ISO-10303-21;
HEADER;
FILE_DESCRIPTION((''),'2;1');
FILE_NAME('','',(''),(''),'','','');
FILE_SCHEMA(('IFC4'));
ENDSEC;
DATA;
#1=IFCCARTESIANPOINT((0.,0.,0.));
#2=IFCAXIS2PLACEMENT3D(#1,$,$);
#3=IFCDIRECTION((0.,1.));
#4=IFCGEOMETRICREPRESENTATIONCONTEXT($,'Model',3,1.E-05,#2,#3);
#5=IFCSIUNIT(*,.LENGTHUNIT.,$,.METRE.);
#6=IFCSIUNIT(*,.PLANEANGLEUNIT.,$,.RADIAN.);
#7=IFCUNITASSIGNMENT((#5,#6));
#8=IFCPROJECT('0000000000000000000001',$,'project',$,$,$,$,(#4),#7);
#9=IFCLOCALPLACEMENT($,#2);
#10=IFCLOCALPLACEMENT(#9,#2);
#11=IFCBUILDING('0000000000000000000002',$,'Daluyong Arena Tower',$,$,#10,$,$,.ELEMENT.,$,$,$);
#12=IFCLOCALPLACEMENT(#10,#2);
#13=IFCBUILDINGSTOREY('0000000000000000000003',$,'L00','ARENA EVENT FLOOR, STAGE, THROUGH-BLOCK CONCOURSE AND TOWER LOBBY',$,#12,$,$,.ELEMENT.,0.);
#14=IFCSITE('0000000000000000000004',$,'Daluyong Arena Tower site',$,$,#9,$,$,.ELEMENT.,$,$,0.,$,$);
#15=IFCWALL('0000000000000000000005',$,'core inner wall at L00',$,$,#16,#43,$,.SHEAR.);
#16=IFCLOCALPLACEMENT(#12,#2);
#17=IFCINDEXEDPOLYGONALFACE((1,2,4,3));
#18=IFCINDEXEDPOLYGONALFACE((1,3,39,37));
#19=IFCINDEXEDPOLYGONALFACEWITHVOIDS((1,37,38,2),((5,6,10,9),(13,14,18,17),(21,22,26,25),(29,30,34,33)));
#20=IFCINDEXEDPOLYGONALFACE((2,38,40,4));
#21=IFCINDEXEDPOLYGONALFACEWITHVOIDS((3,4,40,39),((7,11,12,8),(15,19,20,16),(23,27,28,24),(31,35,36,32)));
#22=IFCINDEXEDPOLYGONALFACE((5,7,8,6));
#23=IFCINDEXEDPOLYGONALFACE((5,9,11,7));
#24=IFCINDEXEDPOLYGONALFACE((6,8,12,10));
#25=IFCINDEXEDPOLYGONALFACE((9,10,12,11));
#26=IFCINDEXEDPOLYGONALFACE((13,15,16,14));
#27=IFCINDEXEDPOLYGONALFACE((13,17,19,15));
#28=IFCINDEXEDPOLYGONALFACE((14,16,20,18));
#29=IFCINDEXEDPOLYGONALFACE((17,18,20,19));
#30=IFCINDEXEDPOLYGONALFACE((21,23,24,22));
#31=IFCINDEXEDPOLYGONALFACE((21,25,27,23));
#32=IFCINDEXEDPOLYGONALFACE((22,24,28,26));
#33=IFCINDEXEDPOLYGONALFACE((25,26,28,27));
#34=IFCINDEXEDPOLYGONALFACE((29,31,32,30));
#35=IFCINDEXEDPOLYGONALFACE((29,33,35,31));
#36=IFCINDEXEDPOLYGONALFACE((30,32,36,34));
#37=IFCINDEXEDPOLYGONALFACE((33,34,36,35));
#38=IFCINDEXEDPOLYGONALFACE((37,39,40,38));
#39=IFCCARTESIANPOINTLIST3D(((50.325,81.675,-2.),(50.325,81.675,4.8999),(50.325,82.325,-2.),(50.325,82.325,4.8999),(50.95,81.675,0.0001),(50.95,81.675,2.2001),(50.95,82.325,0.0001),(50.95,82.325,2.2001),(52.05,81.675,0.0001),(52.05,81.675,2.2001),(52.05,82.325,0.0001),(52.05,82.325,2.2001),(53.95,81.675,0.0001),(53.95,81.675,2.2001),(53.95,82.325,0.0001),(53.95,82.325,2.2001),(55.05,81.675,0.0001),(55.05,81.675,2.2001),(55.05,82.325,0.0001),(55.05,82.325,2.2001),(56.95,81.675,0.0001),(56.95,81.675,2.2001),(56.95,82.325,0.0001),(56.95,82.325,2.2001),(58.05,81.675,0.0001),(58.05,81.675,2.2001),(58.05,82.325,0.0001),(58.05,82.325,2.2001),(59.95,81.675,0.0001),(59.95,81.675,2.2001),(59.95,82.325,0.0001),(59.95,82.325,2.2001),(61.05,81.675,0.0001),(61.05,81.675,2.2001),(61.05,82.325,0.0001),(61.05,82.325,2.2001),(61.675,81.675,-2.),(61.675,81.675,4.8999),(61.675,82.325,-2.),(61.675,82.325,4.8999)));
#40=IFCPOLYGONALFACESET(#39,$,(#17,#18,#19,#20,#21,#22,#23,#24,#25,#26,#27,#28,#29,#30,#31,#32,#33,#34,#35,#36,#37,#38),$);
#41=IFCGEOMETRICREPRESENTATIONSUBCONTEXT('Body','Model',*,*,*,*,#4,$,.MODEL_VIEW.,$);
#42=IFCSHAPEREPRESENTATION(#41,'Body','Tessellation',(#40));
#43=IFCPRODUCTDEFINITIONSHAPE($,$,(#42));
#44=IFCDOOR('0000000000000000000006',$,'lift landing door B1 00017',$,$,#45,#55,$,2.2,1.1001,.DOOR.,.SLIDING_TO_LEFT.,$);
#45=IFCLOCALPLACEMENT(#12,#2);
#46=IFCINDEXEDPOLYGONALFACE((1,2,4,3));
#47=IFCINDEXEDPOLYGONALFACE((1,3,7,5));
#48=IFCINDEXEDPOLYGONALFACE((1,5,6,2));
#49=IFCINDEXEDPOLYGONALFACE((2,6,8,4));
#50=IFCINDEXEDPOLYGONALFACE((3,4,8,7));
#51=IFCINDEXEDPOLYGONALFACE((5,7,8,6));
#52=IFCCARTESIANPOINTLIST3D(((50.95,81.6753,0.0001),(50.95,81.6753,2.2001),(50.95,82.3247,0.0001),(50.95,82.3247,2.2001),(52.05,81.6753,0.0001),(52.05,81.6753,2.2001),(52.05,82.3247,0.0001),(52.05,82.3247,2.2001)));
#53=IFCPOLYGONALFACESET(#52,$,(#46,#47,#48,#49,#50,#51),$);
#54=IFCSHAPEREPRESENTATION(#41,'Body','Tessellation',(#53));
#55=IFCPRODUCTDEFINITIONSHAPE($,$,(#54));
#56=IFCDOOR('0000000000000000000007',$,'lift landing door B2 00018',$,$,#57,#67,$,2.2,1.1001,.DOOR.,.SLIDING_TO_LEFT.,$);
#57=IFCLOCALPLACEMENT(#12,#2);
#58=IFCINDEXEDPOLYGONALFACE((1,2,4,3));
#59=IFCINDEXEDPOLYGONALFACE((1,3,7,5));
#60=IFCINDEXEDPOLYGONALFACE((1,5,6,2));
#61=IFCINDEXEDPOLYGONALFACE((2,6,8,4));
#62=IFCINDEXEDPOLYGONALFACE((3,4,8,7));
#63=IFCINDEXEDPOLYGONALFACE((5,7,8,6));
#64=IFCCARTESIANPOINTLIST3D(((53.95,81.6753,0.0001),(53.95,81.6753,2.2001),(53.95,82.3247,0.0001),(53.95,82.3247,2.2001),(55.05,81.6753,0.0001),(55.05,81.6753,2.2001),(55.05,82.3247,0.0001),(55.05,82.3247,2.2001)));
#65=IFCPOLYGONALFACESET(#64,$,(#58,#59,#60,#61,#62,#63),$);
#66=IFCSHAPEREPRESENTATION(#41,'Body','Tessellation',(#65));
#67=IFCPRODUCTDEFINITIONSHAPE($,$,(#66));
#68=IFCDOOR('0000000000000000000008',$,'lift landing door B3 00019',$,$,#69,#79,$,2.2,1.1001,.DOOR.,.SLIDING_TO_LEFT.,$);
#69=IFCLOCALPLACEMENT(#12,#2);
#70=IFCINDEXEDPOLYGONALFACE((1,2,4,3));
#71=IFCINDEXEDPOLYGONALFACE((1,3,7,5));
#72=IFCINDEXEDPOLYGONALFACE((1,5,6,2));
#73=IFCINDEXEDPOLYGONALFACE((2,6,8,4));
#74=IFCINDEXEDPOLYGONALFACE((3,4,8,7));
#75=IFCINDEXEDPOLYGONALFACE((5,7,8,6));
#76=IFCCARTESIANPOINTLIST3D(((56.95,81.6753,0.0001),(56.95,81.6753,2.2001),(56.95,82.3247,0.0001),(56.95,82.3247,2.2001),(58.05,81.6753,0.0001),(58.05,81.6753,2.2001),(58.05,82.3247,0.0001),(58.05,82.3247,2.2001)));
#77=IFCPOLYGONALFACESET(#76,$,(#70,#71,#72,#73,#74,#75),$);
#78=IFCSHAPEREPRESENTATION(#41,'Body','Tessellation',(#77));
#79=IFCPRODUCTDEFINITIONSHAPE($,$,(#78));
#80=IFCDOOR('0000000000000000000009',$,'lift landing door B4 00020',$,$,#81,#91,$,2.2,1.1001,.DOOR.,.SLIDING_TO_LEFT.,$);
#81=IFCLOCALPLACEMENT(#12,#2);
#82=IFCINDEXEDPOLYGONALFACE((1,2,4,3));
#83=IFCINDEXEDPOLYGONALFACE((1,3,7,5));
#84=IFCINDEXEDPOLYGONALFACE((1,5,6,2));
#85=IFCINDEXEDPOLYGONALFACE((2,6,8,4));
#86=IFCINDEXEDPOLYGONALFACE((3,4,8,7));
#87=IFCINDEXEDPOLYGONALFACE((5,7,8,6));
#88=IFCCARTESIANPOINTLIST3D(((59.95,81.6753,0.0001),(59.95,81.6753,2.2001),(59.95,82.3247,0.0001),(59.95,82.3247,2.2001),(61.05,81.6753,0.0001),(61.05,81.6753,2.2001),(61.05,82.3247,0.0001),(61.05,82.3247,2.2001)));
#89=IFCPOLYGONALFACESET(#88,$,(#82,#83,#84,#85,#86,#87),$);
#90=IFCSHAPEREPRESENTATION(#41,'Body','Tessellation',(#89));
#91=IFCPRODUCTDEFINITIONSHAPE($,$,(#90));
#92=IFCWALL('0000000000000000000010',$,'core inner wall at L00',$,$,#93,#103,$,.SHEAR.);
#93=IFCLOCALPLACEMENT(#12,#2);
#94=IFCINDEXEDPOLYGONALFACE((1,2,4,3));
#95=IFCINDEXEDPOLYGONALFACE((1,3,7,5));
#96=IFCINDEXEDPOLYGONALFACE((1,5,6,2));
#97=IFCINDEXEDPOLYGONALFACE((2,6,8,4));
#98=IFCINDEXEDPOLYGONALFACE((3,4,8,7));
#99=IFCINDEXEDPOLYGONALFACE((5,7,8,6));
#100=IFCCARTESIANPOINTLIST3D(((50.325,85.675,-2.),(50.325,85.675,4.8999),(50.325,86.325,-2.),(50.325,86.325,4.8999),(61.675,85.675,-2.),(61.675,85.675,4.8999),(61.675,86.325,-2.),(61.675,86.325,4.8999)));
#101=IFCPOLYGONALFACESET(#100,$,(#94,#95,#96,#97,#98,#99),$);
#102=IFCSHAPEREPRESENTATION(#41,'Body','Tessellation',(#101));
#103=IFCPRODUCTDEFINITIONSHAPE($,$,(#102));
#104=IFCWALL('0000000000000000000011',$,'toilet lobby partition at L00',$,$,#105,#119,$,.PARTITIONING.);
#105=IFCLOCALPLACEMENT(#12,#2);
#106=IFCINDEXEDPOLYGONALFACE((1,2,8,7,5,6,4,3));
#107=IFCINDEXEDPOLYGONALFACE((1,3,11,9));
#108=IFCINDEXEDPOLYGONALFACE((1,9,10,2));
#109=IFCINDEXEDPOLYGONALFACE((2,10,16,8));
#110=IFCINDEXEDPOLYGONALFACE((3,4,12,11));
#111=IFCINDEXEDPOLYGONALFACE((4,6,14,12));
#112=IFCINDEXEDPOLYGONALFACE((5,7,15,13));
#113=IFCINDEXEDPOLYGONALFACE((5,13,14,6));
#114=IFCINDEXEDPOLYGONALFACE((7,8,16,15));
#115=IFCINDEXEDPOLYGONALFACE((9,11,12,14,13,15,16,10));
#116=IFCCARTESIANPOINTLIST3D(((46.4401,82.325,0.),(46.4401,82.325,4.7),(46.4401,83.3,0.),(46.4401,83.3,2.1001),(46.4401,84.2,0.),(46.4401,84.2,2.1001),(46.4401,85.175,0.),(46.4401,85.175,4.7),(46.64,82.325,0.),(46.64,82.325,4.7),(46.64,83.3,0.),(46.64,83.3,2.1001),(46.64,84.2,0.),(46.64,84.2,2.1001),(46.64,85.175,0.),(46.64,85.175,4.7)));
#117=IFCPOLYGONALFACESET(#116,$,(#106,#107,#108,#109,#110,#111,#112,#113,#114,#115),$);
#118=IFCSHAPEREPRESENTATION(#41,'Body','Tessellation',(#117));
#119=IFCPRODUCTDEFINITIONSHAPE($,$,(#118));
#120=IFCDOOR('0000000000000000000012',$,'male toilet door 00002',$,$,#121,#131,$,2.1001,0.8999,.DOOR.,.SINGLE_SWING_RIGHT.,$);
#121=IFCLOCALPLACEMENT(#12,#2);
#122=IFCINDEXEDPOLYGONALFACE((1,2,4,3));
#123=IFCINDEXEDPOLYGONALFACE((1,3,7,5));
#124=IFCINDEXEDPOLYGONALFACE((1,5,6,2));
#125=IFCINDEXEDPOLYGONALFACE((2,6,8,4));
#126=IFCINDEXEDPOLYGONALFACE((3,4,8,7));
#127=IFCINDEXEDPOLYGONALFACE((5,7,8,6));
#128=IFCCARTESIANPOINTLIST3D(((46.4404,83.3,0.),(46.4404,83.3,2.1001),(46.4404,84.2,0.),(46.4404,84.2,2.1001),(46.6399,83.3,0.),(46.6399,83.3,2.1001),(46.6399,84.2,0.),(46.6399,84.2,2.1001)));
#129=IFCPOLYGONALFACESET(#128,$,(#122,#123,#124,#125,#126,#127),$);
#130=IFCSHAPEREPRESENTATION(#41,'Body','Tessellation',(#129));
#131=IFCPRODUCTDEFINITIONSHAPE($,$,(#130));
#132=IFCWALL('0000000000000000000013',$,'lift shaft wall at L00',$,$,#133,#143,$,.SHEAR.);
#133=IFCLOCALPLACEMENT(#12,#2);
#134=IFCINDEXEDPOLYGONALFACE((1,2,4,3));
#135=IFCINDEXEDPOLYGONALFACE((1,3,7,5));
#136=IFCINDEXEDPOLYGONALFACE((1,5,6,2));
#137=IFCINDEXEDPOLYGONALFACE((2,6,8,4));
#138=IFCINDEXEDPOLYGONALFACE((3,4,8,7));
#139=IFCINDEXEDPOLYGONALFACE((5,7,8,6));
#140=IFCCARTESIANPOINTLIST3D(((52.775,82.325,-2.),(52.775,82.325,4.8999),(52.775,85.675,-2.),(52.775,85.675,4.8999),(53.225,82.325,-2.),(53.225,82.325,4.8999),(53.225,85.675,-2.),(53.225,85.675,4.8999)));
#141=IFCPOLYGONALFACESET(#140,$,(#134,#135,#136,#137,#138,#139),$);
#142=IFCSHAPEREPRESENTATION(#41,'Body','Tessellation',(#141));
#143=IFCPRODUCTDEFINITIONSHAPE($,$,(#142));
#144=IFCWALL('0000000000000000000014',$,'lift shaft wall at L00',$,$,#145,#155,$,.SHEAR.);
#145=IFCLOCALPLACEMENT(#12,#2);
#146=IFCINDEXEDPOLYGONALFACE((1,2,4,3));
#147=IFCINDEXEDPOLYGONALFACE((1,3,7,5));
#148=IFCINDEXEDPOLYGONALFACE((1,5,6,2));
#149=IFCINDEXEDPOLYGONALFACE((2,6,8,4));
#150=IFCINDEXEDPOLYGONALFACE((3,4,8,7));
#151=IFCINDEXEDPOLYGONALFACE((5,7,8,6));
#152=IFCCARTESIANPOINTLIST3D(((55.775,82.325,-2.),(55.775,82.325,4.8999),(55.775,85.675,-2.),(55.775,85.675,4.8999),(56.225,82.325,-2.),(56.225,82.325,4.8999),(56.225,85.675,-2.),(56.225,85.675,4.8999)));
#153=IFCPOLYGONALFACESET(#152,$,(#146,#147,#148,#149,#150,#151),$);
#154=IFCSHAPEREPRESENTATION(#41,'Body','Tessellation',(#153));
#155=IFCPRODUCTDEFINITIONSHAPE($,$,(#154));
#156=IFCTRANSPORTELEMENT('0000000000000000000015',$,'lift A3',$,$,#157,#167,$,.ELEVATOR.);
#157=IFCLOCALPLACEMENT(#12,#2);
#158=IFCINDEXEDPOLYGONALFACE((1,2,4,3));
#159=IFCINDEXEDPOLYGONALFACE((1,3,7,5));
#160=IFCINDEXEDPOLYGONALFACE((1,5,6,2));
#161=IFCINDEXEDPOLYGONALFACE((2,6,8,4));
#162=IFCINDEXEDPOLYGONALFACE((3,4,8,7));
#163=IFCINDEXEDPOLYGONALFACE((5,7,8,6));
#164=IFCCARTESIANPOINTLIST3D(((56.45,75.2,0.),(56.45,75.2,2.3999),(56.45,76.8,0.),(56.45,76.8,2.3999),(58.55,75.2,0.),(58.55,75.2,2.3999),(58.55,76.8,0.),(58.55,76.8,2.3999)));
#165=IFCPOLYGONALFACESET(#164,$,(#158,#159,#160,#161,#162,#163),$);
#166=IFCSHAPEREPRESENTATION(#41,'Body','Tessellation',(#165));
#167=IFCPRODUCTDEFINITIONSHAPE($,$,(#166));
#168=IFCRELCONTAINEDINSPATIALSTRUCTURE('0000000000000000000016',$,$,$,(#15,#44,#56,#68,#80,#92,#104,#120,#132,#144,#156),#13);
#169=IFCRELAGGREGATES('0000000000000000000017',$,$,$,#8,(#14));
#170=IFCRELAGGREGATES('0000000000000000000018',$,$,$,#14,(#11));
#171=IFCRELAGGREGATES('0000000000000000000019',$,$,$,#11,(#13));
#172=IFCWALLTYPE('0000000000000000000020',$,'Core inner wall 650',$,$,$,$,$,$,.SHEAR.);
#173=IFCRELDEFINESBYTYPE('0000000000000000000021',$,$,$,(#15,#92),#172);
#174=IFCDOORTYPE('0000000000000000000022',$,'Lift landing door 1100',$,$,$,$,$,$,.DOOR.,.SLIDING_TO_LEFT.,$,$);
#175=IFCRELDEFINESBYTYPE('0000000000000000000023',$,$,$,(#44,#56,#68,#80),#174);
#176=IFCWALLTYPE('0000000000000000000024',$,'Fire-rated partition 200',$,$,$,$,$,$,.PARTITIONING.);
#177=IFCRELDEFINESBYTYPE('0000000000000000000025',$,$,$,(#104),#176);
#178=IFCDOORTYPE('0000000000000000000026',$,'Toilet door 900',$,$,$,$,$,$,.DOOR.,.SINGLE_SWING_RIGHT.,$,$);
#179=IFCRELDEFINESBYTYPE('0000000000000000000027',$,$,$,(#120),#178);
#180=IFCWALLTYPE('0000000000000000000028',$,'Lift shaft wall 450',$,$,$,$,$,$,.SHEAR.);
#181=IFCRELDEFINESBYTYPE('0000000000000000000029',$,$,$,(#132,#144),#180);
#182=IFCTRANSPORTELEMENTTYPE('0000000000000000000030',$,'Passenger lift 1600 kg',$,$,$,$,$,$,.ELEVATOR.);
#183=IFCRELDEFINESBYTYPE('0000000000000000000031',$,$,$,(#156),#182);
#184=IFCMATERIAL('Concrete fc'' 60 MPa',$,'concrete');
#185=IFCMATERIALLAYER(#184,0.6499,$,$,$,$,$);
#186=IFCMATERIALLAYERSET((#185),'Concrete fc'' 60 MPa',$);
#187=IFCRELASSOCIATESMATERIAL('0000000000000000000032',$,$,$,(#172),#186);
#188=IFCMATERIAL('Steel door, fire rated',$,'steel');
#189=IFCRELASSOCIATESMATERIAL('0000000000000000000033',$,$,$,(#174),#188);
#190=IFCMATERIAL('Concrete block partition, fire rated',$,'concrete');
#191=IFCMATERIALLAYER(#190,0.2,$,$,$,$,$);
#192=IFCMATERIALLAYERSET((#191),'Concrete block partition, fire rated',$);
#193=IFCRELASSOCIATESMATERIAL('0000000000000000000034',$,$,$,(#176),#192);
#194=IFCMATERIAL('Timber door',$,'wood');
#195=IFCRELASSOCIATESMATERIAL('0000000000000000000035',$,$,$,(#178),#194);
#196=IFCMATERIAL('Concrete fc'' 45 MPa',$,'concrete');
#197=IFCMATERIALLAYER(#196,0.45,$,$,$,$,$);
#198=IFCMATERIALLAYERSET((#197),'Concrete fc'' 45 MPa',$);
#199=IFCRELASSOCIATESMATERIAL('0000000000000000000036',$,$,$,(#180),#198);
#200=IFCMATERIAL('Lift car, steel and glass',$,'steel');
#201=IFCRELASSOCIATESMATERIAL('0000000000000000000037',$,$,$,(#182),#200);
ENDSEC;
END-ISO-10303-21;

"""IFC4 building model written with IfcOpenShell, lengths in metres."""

from ifc_helpers import new_model, si_unit, direction, frame, frame_2d, origin, origin_2d, place, context, subcontext, project, spatial, rectangle, extrude, material, layer, layer_set, type_object, element, fill, save


model = new_model("IFC4")

# Units and contexts
model_context = context("Model", 3, precision=1e-05, world=origin(), true_north=direction((0.0, 1.0)))
body_context = subcontext(model_context, "Body", "Model", "MODEL_VIEW")
ifc_project = project(units=[si_unit("LENGTHUNIT", "METRE"), si_unit("PLANEANGLEUNIT", "RADIAN")], contexts=[model_context])

# Site, building, storey
site_placement = place(None, origin())
site = spatial("IfcSite", under=ifc_project, at=site_placement, Name="Daluyong Arena Tower site", CompositionType="ELEMENT", RefElevation=0.0)
building_placement = place(site_placement, origin())
building = spatial("IfcBuilding", under=site, at=building_placement, Name="Daluyong Arena Tower", CompositionType="ELEMENT")
storey_placement = place(building_placement, origin())
storey = spatial("IfcBuildingStorey", under=building, at=storey_placement, Name="L00", Description="ARENA EVENT FLOOR, STAGE, THROUGH-BLOCK CONCOURSE AND TOWER LOBBY", CompositionType="ELEMENT", Elevation=0.0)

# Wall, openings, doors
ifc_material_1 = material(Name="Concrete fc' 60 MPa", Category="concrete")
ifc_layer_1 = layer(ifc_material_1, 0.6499)
ifc_layer_set_1 = layer_set([ifc_layer_1], Name="Concrete fc' 60 MPa")
wall_type_1 = type_object("IfcWallType", Name="Core inner wall 650", PredefinedType="SHEAR", material=ifc_layer_set_1)
ifc_material_2 = material(Name="Steel door, fire rated", Category="steel")
door_type_1 = type_object("IfcDoorType", Name="Lift landing door 1100", OperationType="SLIDING_TO_LEFT", PredefinedType="DOOR", material=ifc_material_2)
wall_1_placement = place(storey_placement, frame((50.325, 82.0, -2.0), z_axis=(0.0, 0.0, 1.0), x_axis=(1.0, 0.0, 0.0)))
wall_1 = element("IfcWall", 1, at=wall_1_placement, inside=storey, type_object=wall_type_1, Name="core inner wall at L00", PredefinedType="SHEAR", context=body_context, shape_type="SweptSolid", body=[
    extrude(rectangle(XDim=11.3501, YDim=0.6499, at=frame_2d((5.675, 0.0))), origin(), (0.0, 0.0, 1.0), 6.8999),
])
opening_1_placement = place(wall_1_placement, frame((0.625, 0.0, 2.0)))
opening_1 = element("IfcOpeningElement", 2, at=opening_1_placement, cuts=wall_1, PredefinedType="OPENING", context=body_context, shape_type="SweptSolid", body=[
    extrude(rectangle(XDim=1.1001, YDim=2.2, at=frame_2d((0.55, 1.1001))), frame((0.0, 0.335, 0.0), z_axis=(0.0, -1.0, 0.0), x_axis=(1.0, 0.0, 0.0)), (0.0, 0.0, 1.0), 0.6699),
])
opening_2_placement = place(wall_1_placement, frame((3.625, 0.0, 2.0)))
opening_2 = element("IfcOpeningElement", 3, at=opening_2_placement, cuts=wall_1, PredefinedType="OPENING", context=body_context, shape_type="SweptSolid", body=[
    extrude(rectangle(XDim=1.1001, YDim=2.2, at=frame_2d((0.55, 1.1001))), frame((0.0, 0.335, 0.0), z_axis=(0.0, -1.0, 0.0), x_axis=(1.0, 0.0, 0.0)), (0.0, 0.0, 1.0), 0.6699),
])
opening_3_placement = place(wall_1_placement, frame((6.625, 0.0, 2.0)))
opening_3 = element("IfcOpeningElement", 4, at=opening_3_placement, cuts=wall_1, PredefinedType="OPENING", context=body_context, shape_type="SweptSolid", body=[
    extrude(rectangle(XDim=1.1001, YDim=2.2, at=frame_2d((0.55, 1.1001))), frame((0.0, 0.335, 0.0), z_axis=(0.0, -1.0, 0.0), x_axis=(1.0, 0.0, 0.0)), (0.0, 0.0, 1.0), 0.6699),
])
opening_4_placement = place(wall_1_placement, frame((9.625, 0.0, 2.0)))
opening_4 = element("IfcOpeningElement", 5, at=opening_4_placement, cuts=wall_1, PredefinedType="OPENING", context=body_context, shape_type="SweptSolid", body=[
    extrude(rectangle(XDim=1.1001, YDim=2.2, at=frame_2d((0.55, 1.1001))), frame((0.0, 0.335, 0.0), z_axis=(0.0, -1.0, 0.0), x_axis=(1.0, 0.0, 0.0)), (0.0, 0.0, 1.0), 0.6699),
])
door_1_placement = place(opening_1_placement, origin())
door_1 = element("IfcDoor", 6, at=door_1_placement, inside=storey, type_object=door_type_1, Name="lift landing door B1 00017", OperationType="SLIDING_TO_LEFT", OverallHeight=2.2, OverallWidth=1.1001, PredefinedType="DOOR", context=body_context, shape_type="SweptSolid", body=[
    extrude(rectangle(XDim=1.1001, YDim=2.2, at=frame_2d((0.55, 1.1001))), frame((0.0, 0.3247, 0.0), z_axis=(0.0, -1.0, 0.0), x_axis=(1.0, 0.0, 0.0)), (0.0, 0.0, 1.0), 0.6494),
])
fill(opening_1, door_1)
door_2_placement = place(opening_2_placement, origin())
door_2 = element("IfcDoor", 7, at=door_2_placement, inside=storey, type_object=door_type_1, Name="lift landing door B2 00018", OperationType="SLIDING_TO_LEFT", OverallHeight=2.2, OverallWidth=1.1001, PredefinedType="DOOR", context=body_context, shape_type="SweptSolid", body=[
    extrude(rectangle(XDim=1.1001, YDim=2.2, at=frame_2d((0.55, 1.1001))), frame((0.0, 0.3247, 0.0), z_axis=(0.0, -1.0, 0.0), x_axis=(1.0, 0.0, 0.0)), (0.0, 0.0, 1.0), 0.6494),
])
fill(opening_2, door_2)
door_3_placement = place(opening_3_placement, origin())
door_3 = element("IfcDoor", 8, at=door_3_placement, inside=storey, type_object=door_type_1, Name="lift landing door B3 00019", OperationType="SLIDING_TO_LEFT", OverallHeight=2.2, OverallWidth=1.1001, PredefinedType="DOOR", context=body_context, shape_type="SweptSolid", body=[
    extrude(rectangle(XDim=1.1001, YDim=2.2, at=frame_2d((0.55, 1.1001))), frame((0.0, 0.3247, 0.0), z_axis=(0.0, -1.0, 0.0), x_axis=(1.0, 0.0, 0.0)), (0.0, 0.0, 1.0), 0.6494),
])
fill(opening_3, door_3)
door_4_placement = place(opening_4_placement, origin())
door_4 = element("IfcDoor", 9, at=door_4_placement, inside=storey, type_object=door_type_1, Name="lift landing door B4 00020", OperationType="SLIDING_TO_LEFT", OverallHeight=2.2, OverallWidth=1.1001, PredefinedType="DOOR", context=body_context, shape_type="SweptSolid", body=[
    extrude(rectangle(XDim=1.1001, YDim=2.2, at=frame_2d((0.55, 1.1001))), frame((0.0, 0.3247, 0.0), z_axis=(0.0, -1.0, 0.0), x_axis=(1.0, 0.0, 0.0)), (0.0, 0.0, 1.0), 0.6494),
])
fill(opening_4, door_4)

# Wall
wall_2_placement = place(storey_placement, frame((50.325, 86.0, -2.0), z_axis=(0.0, 0.0, 1.0), x_axis=(1.0, 0.0, 0.0)))
element("IfcWall", 10, at=wall_2_placement, inside=storey, type_object=wall_type_1, Name="core inner wall at L00", PredefinedType="SHEAR", context=body_context, shape_type="SweptSolid", body=[
    extrude(rectangle(XDim=11.3501, YDim=0.6499, at=frame_2d((5.675, 0.0))), origin(), (0.0, 0.0, 1.0), 6.8999),
])

# Wall, opening, door
ifc_material_3 = material(Name="Concrete block partition, fire rated", Category="concrete")
ifc_layer_2 = layer(ifc_material_3, 0.2)
ifc_layer_set_2 = layer_set([ifc_layer_2], Name="Concrete block partition, fire rated")
wall_type_2 = type_object("IfcWallType", Name="Fire-rated partition 200", PredefinedType="PARTITIONING", material=ifc_layer_set_2)
wall_3_placement = place(storey_placement, frame((46.54, 82.325, 0.0), z_axis=(0.0, 0.0, 1.0), x_axis=(0.0, 1.0, 0.0)))
wall_3 = element("IfcWall", 11, at=wall_3_placement, inside=storey, type_object=wall_type_2, Name="toilet lobby partition at L00", PredefinedType="PARTITIONING", context=body_context, shape_type="SweptSolid", body=[
    extrude(rectangle(XDim=2.8501, YDim=0.2, at=frame_2d((1.425, 0.0))), origin(), (0.0, 0.0, 1.0), 4.7),
])
opening_5_placement = place(wall_3_placement, frame((0.9751, 0.0, 0.0)))
opening_5 = element("IfcOpeningElement", 12, at=opening_5_placement, cuts=wall_3, PredefinedType="OPENING", context=body_context, shape_type="SweptSolid", body=[
    extrude(rectangle(XDim=0.8999, YDim=2.1001, at=frame_2d((0.45, 1.05))), frame((0.0, 0.1099, 0.0), z_axis=(0.0, -1.0, 0.0), x_axis=(1.0, 0.0, 0.0)), (0.0, 0.0, 1.0), 0.22),
])
ifc_material_4 = material(Name="Timber door", Category="wood")
door_type_2 = type_object("IfcDoorType", Name="Toilet door 900", OperationType="SINGLE_SWING_RIGHT", PredefinedType="DOOR", material=ifc_material_4)
door_5_placement = place(opening_5_placement, origin())
door_5 = element("IfcDoor", 13, at=door_5_placement, inside=storey, type_object=door_type_2, Name="male toilet door 00002", OperationType="SINGLE_SWING_RIGHT", OverallHeight=2.1001, OverallWidth=0.8999, PredefinedType="DOOR", context=body_context, shape_type="SweptSolid", body=[
    extrude(rectangle(XDim=0.8999, YDim=2.1001, at=frame_2d((0.45, 1.05))), frame((0.0, 0.0996, 0.0), z_axis=(0.0, -1.0, 0.0), x_axis=(1.0, 0.0, 0.0)), (0.0, 0.0, 1.0), 0.1995),
])
fill(opening_5, door_5)

# Walls
ifc_material_5 = material(Name="Concrete fc' 45 MPa", Category="concrete")
ifc_layer_3 = layer(ifc_material_5, 0.45)
ifc_layer_set_3 = layer_set([ifc_layer_3], Name="Concrete fc' 45 MPa")
wall_type_3 = type_object("IfcWallType", Name="Lift shaft wall 450", PredefinedType="SHEAR", material=ifc_layer_set_3)
for number, where, z_axis, x_axis, name in (
    (14, (53.0, 82.325, -2.0), (0.0, 0.0, 1.0), (0.0, 1.0, 0.0), "lift shaft wall at L00"),
    (15, (56.0, 82.325, -2.0), (0.0, 0.0, 1.0), (0.0, 1.0, 0.0), "lift shaft wall at L00"),
):
    element("IfcWall", number, at=place(storey_placement, frame(where, z_axis=z_axis, x_axis=x_axis)), inside=storey, type_object=wall_type_3, Name=name, PredefinedType="SHEAR", context=body_context, shape_type="SweptSolid", body=[
        extrude(rectangle(XDim=3.3501, YDim=0.45, at=frame_2d((1.675, 0.0))), origin(), (0.0, 0.0, 1.0), 6.8999),
    ])

# Transport element
ifc_material_6 = material(Name="Lift car, steel and glass", Category="steel")
transport_element_type = type_object("IfcTransportElementType", Name="Passenger lift 1600 kg", PredefinedType="ELEVATOR", material=ifc_material_6)
for number, where, z_axis, x_axis, name in (
    (16, (57.5, 76.0, 0.0), (0.0, 0.0, 1.0), (1.0, 0.0, 0.0), "lift A3"),
):
    element("IfcTransportElement", number, at=place(storey_placement, frame(where, z_axis=z_axis, x_axis=x_axis)), inside=storey, type_object=transport_element_type, Name=name, PredefinedType="ELEVATOR", context=body_context, shape_type="SweptSolid", body=[
        extrude(rectangle(XDim=2.1001, YDim=1.6001, at=origin_2d()), origin(), (0.0, 0.0, 1.0), 2.3999),
    ])

save(model, "model.ifc")
